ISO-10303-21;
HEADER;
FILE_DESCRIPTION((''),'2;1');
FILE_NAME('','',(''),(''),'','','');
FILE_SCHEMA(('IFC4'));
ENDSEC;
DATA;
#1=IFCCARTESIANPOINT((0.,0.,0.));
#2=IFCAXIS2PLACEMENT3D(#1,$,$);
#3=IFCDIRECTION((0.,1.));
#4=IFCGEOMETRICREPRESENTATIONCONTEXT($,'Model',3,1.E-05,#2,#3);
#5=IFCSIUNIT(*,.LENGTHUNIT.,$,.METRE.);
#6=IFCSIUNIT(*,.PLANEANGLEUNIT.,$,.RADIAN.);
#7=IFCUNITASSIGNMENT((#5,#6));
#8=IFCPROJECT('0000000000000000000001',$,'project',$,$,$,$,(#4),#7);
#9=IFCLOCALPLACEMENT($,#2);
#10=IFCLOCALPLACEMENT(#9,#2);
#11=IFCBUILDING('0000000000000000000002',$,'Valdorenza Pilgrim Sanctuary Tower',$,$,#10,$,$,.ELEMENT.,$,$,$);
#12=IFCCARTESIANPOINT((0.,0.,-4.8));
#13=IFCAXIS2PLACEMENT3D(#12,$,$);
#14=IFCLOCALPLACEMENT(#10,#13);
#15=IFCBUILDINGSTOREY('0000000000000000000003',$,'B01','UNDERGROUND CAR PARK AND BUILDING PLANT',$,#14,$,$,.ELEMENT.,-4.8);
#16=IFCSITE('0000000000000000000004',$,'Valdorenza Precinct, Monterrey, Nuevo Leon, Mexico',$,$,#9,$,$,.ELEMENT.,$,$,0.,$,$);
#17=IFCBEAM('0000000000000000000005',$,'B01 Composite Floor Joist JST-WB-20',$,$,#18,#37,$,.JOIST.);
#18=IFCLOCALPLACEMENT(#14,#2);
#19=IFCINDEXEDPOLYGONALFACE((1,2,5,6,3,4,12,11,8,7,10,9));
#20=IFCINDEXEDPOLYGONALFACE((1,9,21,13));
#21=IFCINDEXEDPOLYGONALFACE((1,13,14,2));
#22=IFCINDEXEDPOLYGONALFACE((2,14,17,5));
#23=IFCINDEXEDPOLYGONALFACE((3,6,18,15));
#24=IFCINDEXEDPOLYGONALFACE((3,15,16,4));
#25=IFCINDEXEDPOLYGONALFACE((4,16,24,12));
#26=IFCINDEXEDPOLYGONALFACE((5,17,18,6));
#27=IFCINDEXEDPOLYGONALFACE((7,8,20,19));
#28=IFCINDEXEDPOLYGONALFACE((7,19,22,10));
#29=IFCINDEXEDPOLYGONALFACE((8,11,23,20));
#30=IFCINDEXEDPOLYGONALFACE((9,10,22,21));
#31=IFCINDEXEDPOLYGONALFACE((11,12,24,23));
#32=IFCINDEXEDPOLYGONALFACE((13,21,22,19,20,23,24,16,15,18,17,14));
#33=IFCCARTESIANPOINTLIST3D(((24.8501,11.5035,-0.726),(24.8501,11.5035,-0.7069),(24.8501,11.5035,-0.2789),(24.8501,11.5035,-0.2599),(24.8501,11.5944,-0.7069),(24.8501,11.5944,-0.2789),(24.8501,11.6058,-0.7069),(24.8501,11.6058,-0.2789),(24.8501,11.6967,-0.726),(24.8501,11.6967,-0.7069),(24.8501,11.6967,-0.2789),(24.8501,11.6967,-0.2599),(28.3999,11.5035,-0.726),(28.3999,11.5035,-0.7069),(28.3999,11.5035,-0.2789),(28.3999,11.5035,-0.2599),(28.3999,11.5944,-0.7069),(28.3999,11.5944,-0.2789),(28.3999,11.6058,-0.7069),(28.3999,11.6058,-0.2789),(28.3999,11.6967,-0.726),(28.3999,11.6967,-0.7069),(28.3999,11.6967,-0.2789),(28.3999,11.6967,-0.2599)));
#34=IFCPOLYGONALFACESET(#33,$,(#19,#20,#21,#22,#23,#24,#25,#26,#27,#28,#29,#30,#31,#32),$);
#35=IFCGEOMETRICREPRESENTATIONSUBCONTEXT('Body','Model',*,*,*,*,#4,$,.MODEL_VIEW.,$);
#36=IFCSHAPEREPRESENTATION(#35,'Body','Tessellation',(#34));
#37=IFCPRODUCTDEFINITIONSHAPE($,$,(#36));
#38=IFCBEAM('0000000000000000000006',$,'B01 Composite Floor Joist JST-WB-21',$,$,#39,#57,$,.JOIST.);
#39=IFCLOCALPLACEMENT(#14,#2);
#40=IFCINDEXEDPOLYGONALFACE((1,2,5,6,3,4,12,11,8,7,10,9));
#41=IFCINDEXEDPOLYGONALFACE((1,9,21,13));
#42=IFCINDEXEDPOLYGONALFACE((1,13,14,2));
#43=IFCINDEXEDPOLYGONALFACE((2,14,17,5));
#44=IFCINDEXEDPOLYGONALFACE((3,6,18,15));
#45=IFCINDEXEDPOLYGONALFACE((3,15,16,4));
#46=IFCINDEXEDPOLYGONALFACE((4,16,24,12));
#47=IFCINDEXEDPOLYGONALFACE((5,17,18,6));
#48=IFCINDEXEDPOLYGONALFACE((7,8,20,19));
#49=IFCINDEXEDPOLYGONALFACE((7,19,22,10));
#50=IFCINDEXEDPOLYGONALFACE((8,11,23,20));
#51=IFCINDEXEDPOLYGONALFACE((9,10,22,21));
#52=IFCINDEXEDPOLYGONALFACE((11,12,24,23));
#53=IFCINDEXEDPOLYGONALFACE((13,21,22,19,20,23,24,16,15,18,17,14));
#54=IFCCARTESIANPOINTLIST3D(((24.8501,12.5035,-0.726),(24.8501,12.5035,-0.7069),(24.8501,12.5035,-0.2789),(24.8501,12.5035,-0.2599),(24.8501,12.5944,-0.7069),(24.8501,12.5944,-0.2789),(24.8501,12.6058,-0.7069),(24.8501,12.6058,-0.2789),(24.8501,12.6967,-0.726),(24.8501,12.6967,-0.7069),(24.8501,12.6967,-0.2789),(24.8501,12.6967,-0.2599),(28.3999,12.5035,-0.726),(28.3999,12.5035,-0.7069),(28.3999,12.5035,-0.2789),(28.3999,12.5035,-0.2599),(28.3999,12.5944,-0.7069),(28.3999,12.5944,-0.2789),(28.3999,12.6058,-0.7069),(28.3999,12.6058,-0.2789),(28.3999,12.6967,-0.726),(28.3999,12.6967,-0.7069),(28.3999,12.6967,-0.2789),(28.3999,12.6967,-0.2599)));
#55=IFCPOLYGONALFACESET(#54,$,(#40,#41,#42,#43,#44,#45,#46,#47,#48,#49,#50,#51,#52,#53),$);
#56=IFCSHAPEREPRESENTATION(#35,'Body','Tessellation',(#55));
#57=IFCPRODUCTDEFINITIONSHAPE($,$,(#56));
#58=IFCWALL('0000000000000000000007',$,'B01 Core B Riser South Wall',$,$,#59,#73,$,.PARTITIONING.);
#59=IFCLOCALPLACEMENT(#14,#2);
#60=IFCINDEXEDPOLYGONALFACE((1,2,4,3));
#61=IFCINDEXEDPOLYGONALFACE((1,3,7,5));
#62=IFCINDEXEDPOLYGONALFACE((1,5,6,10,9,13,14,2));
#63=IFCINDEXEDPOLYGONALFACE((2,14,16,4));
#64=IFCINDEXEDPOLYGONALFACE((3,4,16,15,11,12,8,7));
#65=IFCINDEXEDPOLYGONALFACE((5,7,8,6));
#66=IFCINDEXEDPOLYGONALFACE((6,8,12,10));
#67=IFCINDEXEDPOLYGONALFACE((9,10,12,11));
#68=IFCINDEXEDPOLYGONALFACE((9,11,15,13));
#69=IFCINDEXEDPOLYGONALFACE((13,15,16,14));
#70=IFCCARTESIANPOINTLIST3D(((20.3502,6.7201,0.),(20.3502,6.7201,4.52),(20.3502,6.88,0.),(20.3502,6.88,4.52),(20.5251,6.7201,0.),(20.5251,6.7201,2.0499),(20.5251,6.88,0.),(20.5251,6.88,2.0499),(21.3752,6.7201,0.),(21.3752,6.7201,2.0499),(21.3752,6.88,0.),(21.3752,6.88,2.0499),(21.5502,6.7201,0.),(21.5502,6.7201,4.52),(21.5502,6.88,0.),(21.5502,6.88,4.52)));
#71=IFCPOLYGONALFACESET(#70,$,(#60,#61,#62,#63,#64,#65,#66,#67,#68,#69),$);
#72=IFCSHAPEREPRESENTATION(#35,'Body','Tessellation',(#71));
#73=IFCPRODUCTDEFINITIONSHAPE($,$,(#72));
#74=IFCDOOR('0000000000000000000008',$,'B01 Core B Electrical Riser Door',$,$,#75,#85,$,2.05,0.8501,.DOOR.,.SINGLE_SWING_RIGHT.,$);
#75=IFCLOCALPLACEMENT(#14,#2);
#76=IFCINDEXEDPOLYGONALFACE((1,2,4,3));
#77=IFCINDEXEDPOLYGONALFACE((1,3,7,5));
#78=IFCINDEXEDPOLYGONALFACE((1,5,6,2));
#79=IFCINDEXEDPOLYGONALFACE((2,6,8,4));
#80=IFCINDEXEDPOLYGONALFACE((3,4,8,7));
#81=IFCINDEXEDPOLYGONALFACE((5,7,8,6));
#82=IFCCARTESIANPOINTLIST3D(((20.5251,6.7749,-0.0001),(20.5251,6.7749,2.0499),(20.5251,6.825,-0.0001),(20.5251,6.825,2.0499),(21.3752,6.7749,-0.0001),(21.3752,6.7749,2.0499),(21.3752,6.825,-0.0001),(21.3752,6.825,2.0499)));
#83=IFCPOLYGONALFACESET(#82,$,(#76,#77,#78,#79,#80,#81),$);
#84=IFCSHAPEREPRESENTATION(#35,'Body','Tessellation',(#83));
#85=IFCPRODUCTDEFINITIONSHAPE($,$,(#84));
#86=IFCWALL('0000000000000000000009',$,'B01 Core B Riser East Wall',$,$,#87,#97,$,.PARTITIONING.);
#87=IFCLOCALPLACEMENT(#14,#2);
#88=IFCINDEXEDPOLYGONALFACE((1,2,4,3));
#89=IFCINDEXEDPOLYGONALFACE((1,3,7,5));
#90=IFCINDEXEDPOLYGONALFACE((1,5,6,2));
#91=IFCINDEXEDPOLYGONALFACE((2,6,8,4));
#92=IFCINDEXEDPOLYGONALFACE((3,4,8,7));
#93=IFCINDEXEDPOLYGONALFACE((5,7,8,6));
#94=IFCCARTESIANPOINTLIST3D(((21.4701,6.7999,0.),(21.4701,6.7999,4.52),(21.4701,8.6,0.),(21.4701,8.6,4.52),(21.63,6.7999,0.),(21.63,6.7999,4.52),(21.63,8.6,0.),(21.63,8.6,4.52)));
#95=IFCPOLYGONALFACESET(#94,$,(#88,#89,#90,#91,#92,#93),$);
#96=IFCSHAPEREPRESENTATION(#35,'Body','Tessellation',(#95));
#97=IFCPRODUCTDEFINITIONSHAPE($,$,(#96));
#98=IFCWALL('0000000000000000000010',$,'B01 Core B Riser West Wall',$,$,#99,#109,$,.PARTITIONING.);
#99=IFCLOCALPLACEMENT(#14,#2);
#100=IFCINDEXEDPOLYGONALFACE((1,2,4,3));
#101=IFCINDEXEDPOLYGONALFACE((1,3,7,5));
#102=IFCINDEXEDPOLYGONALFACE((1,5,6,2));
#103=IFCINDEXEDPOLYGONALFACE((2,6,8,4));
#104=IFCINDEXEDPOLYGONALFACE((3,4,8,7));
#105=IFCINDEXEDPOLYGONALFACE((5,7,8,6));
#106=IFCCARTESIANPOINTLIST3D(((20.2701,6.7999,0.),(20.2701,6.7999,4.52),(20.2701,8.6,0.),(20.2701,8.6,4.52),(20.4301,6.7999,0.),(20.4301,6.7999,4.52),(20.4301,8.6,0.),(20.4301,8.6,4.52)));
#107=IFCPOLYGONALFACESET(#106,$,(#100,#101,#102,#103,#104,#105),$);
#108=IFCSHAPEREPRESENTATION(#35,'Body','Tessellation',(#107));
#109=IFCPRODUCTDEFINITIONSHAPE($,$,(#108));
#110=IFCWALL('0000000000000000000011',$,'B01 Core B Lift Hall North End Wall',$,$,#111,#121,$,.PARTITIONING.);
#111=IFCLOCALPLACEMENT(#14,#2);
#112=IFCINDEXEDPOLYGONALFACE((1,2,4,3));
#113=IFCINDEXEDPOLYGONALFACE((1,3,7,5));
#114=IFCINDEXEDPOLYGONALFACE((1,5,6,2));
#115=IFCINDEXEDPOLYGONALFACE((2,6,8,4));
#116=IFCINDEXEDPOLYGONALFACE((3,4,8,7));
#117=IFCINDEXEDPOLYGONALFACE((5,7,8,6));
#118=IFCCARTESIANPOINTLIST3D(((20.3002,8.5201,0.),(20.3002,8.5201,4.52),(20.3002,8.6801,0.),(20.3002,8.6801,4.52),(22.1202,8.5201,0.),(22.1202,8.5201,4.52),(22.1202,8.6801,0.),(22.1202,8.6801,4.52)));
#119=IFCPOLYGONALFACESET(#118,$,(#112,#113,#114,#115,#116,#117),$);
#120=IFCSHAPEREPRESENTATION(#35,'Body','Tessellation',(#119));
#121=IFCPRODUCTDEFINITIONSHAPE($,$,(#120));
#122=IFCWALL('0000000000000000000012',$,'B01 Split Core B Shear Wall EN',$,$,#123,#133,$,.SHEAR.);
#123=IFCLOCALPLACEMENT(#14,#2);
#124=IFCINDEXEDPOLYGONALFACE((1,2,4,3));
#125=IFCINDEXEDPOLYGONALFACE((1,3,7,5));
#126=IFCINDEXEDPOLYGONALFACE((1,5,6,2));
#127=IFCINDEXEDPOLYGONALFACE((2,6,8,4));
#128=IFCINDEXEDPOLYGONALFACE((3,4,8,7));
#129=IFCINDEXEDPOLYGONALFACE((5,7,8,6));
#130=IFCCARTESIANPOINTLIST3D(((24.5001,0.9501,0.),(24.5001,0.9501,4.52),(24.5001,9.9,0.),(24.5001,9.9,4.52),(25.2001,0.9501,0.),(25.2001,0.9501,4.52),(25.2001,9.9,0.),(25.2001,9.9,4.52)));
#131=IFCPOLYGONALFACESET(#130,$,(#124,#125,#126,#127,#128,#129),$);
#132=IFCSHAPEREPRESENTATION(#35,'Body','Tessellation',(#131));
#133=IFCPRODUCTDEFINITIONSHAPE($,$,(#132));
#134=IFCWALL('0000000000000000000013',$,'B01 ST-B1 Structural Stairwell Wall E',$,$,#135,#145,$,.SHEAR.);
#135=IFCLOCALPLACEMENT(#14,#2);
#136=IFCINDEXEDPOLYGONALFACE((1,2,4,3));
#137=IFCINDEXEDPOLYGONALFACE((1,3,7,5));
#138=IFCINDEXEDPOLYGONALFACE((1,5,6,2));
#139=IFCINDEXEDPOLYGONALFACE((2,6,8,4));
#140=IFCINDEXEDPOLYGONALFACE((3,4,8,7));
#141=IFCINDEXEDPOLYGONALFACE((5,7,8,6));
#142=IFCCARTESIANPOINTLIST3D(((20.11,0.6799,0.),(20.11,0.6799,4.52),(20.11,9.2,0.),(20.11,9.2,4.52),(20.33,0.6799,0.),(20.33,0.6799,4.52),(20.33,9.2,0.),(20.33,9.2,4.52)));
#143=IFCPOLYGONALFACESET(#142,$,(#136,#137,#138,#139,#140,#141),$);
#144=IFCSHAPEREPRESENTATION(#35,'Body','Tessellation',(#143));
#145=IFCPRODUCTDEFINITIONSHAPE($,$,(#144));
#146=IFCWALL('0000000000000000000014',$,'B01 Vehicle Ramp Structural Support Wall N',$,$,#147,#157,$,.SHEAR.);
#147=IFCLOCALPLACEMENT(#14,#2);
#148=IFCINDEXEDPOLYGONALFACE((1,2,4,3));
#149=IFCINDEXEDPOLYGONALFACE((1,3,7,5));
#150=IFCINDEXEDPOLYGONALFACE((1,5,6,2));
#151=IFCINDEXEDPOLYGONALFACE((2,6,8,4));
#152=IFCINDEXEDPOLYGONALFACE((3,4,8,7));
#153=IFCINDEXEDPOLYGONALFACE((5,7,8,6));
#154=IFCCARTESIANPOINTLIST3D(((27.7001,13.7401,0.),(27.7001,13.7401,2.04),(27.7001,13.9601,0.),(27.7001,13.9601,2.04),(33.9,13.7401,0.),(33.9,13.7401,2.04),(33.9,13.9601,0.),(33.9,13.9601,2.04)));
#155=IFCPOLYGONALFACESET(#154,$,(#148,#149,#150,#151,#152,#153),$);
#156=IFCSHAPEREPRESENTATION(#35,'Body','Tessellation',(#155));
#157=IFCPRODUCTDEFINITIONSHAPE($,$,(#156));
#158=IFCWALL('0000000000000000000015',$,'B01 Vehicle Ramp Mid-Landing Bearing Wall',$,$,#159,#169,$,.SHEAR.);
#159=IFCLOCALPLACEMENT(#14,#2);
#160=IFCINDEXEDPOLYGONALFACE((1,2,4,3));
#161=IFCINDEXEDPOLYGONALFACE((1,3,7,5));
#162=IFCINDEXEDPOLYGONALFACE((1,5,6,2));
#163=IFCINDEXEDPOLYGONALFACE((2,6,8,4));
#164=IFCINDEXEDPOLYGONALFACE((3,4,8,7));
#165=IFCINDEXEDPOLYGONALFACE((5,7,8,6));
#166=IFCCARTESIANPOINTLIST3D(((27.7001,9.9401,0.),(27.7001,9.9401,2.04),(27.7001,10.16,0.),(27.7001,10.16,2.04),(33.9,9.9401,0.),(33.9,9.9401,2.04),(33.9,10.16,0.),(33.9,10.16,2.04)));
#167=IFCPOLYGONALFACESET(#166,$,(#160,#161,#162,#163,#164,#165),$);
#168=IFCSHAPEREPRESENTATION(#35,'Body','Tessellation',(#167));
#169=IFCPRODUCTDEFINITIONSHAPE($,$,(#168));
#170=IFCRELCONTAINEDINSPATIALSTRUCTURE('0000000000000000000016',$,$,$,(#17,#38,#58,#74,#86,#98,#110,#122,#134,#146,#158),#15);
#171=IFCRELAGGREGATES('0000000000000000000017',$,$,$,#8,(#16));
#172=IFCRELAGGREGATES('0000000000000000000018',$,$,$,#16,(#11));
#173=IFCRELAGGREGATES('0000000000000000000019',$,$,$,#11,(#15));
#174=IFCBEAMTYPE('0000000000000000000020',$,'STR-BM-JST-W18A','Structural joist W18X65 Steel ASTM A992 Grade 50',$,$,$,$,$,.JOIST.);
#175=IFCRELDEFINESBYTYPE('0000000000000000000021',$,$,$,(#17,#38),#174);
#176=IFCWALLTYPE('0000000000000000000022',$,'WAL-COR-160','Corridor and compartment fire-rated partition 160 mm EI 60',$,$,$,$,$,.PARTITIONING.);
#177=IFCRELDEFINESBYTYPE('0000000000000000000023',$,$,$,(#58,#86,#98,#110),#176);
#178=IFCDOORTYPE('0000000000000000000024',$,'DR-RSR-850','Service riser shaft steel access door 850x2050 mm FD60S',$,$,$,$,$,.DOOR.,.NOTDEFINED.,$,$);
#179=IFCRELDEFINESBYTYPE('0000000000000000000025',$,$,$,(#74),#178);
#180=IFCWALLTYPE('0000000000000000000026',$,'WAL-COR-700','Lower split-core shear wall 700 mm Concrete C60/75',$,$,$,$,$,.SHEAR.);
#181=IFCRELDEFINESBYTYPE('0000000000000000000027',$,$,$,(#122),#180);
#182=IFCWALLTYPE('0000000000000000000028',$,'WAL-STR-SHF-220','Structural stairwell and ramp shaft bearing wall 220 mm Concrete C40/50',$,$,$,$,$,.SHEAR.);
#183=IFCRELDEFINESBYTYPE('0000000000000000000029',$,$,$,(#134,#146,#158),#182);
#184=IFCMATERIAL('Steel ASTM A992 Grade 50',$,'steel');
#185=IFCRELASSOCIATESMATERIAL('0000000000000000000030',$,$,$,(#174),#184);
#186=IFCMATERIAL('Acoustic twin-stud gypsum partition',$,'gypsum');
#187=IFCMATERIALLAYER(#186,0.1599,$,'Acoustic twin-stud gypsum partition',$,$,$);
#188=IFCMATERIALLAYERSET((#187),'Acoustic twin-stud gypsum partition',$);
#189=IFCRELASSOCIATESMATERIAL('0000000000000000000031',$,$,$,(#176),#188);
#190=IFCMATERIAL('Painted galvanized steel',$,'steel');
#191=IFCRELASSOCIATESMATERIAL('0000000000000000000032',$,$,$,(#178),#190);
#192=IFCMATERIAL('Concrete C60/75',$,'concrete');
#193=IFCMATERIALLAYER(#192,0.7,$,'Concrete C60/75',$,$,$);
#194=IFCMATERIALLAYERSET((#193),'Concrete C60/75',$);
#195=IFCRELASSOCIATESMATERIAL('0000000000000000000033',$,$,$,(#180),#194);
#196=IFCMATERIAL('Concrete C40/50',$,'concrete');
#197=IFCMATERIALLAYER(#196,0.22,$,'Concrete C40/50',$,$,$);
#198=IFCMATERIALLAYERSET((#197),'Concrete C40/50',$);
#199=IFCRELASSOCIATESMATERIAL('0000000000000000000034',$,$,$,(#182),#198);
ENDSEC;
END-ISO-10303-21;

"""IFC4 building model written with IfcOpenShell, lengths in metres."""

from ifc_helpers import new_model, si_unit, direction, frame, frame_2d, origin, origin_2d, place, context, subcontext, project, spatial, rectangle, i_section, extrude, source, transform, mapped, material, layer, layer_set, material_profile, profile_set, type_object, element, fill, save


model = new_model("IFC4")

# Units and contexts
model_context = context("Model", 3, precision=1e-05, world=origin(), true_north=direction((0.0, 1.0)))
body_context = subcontext(model_context, "Body", "Model", "MODEL_VIEW")
ifc_project = project(units=[si_unit("LENGTHUNIT", "METRE"), si_unit("PLANEANGLEUNIT", "RADIAN")], contexts=[model_context])

# Site, building, storey
site_placement = place(None, origin())
site = spatial("IfcSite", under=ifc_project, at=site_placement, Name="Valdorenza Precinct, Monterrey, Nuevo Leon, Mexico", CompositionType="ELEMENT", RefElevation=0.0)
building_placement = place(site_placement, origin())
building = spatial("IfcBuilding", under=site, at=building_placement, Name="Valdorenza Pilgrim Sanctuary Tower", CompositionType="ELEMENT")
storey_placement = place(building_placement, frame((0.0, 0.0, -4.8)))
storey = spatial("IfcBuildingStorey", under=building, at=storey_placement, Name="B01", Description="UNDERGROUND CAR PARK AND BUILDING PLANT", CompositionType="ELEMENT", Elevation=-4.8)

# Shared definitions
ifc_material_1 = material(Name="Concrete C60/75", Category="concrete")

# Beams
ifc_material_2 = material(Name="Steel ASTM A992 Grade 50", Category="steel")
ifc_material_profile_1 = material_profile(ifc_material_2, i_section(OverallWidth=0.1931, OverallDepth=0.4661, WebThickness=0.0115, FlangeThickness=0.019, at=origin_2d()), Name="W18X65")
ifc_profile_set_1 = profile_set([ifc_material_profile_1], Name="Steel ASTM A992 Grade 50")
beam_type_1 = type_object("IfcBeamType", Name="STR-BM-JST-W18A", Description="Structural joist W18X65 Steel ASTM A992 Grade 50", PredefinedType="JOIST", material=ifc_profile_set_1)
shared_shape_1 = source(origin(), body_context, "Body", "SweptSolid", [
    extrude(i_section(OverallWidth=0.1931, OverallDepth=0.4661, WebThickness=0.0115, FlangeThickness=0.019, at=origin_2d()), origin(), (0.0, 0.0, 1.0), 3.5498),
])
for number, where, z_axis, x_axis, name in (
    (1, (24.8501, 11.6001, -0.4929), (1.0, 0.0, 0.0), (0.0, 1.0, 0.0), "B01 Composite Floor Joist JST-WB-20"),
    (2, (24.8501, 12.6001, -0.4929), (1.0, 0.0, 0.0), (0.0, 1.0, 0.0), "B01 Composite Floor Joist JST-WB-21"),
):
    element("IfcBeam", number, at=place(storey_placement, frame(where, z_axis=z_axis, x_axis=x_axis)), inside=storey, type_object=beam_type_1, Name=name, PredefinedType="JOIST", context=body_context, shape_type="MappedRepresentation", body=[
        mapped(shared_shape_1, transform((0.0, 0.0, 0.0), x_axis=(1.0, 0.0, 0.0), y_axis=(0.0, 1.0, 0.0), z_axis=(0.0, 0.0, 1.0), scale=1.0)),
    ])

# Wall, opening, door
ifc_material_3 = material(Name="Acoustic twin-stud gypsum partition", Category="gypsum")
ifc_layer_1 = layer(ifc_material_3, 0.1599, Name="Acoustic twin-stud gypsum partition")
ifc_layer_set_1 = layer_set([ifc_layer_1], Name="Acoustic twin-stud gypsum partition")
wall_type_1 = type_object("IfcWallType", Name="WAL-COR-160", Description="Corridor and compartment fire-rated partition 160 mm EI 60", PredefinedType="PARTITIONING", material=ifc_layer_set_1)
wall_1_placement = place(storey_placement, frame((20.3501, 6.8, 0.0), z_axis=(0.0, 0.0, 1.0), x_axis=(1.0, 0.0, 0.0)))
wall_1 = element("IfcWall", 3, at=wall_1_placement, inside=storey, type_object=wall_type_1, Name="B01 Core B Riser South Wall", PredefinedType="PARTITIONING", context=body_context, shape_type="SweptSolid", body=[
    extrude(rectangle(XDim=1.2, YDim=0.1599, at=frame_2d((0.6001, 0.0))), origin(), (0.0, 0.0, 1.0), 4.52),
])
opening_placement = place(wall_1_placement, frame((0.175, 0.0, 0.0)))
opening = element("IfcOpeningElement", 4, at=opening_placement, cuts=wall_1, PredefinedType="OPENING", context=body_context, shape_type="SweptSolid", body=[
    extrude(rectangle(XDim=0.8501, YDim=2.05, at=frame_2d((0.425, 1.0249))), frame((0.0, 0.0947, 0.0), z_axis=(0.0, -1.0, 0.0), x_axis=(1.0, 0.0, 0.0)), (0.0, 0.0, 1.0), 0.1897),
])
ifc_material_4 = material(Name="Painted galvanized steel", Category="steel")
door_type = type_object("IfcDoorType", Name="DR-RSR-850", Description="Service riser shaft steel access door 850x2050 mm FD60S", OperationType="NOTDEFINED", PredefinedType="DOOR", material=ifc_material_4)
door_placement = place(opening_placement, origin())
door = element("IfcDoor", 5, at=door_placement, inside=storey, type_object=door_type, Name="B01 Core B Electrical Riser Door", OperationType="SINGLE_SWING_RIGHT", OverallHeight=2.05, OverallWidth=0.8501, PredefinedType="DOOR", context=body_context, shape_type="SweptSolid", body=[
    extrude(rectangle(XDim=0.8501, YDim=2.05, at=frame_2d((0.425, 1.0249))), frame((0.0, 0.0249, 0.0), z_axis=(0.0, -1.0, 0.0), x_axis=(1.0, 0.0, 0.0)), (0.0, 0.0, 1.0), 0.05),
])
fill(opening, door)

# Walls
for number, where, z_axis, x_axis, name in (
    (6, (21.55, 6.8, 0.0), (0.0, 0.0, 1.0), (0.0, 1.0, 0.0), "B01 Core B Riser East Wall"),
    (7, (20.3501, 6.8, 0.0), (0.0, 0.0, 1.0), (0.0, 1.0, 0.0), "B01 Core B Riser West Wall"),
):
    element("IfcWall", number, at=place(storey_placement, frame(where, z_axis=z_axis, x_axis=x_axis)), inside=storey, type_object=wall_type_1, Name=name, PredefinedType="PARTITIONING", context=body_context, shape_type="SweptSolid", body=[
        extrude(rectangle(XDim=1.8, YDim=0.1599, at=frame_2d((0.8999, 0.0))), origin(), (0.0, 0.0, 1.0), 4.52),
    ])
wall_2_placement = place(storey_placement, frame((20.3, 8.6001, 0.0), z_axis=(0.0, 0.0, 1.0), x_axis=(1.0, 0.0, 0.0)))
element("IfcWall", 8, at=wall_2_placement, inside=storey, type_object=wall_type_1, Name="B01 Core B Lift Hall North End Wall", PredefinedType="PARTITIONING", context=body_context, shape_type="SweptSolid", body=[
    extrude(rectangle(XDim=1.8201, YDim=0.1599, at=frame_2d((0.9102, 0.0))), origin(), (0.0, 0.0, 1.0), 4.52),
])
ifc_layer_2 = layer(ifc_material_1, 0.7, Name="Concrete C60/75")
ifc_layer_set_2 = layer_set([ifc_layer_2], Name="Concrete C60/75")
wall_type_2 = type_object("IfcWallType", Name="WAL-COR-700", Description="Lower split-core shear wall 700 mm Concrete C60/75", PredefinedType="SHEAR", material=ifc_layer_set_2)
wall_3_placement = place(storey_placement, frame((24.8501, 0.95, 0.0), z_axis=(0.0, 0.0, 1.0), x_axis=(0.0, 1.0, 0.0)))
element("IfcWall", 9, at=wall_3_placement, inside=storey, type_object=wall_type_2, Name="B01 Split Core B Shear Wall EN", PredefinedType="SHEAR", context=body_context, shape_type="SweptSolid", body=[
    extrude(rectangle(XDim=8.95, YDim=0.7, at=frame_2d((4.4751, 0.0))), origin(), (0.0, 0.0, 1.0), 4.52),
])
ifc_material_5 = material(Name="Concrete C40/50", Category="concrete")
ifc_layer_3 = layer(ifc_material_5, 0.22, Name="Concrete C40/50")
ifc_layer_set_3 = layer_set([ifc_layer_3], Name="Concrete C40/50")
wall_type_3 = type_object("IfcWallType", Name="WAL-STR-SHF-220", Description="Structural stairwell and ramp shaft bearing wall 220 mm Concrete C40/50", PredefinedType="SHEAR", material=ifc_layer_set_3)
wall_4_placement = place(storey_placement, frame((20.22, 0.6799, 0.0), z_axis=(0.0, 0.0, 1.0), x_axis=(0.0, 1.0, 0.0)))
element("IfcWall", 10, at=wall_4_placement, inside=storey, type_object=wall_type_3, Name="B01 ST-B1 Structural Stairwell Wall E", PredefinedType="SHEAR", context=body_context, shape_type="SweptSolid", body=[
    extrude(rectangle(XDim=8.52, YDim=0.22, at=frame_2d((4.26, 0.0))), origin(), (0.0, 0.0, 1.0), 4.52),
])
for number, where, z_axis, x_axis, name in (
    (11, (27.7, 13.8501, 0.0), (0.0, 0.0, 1.0), (1.0, 0.0, 0.0), "B01 Vehicle Ramp Structural Support Wall N"),
    (12, (27.7, 10.05, 0.0), (0.0, 0.0, 1.0), (1.0, 0.0, 0.0), "B01 Vehicle Ramp Mid-Landing Bearing Wall"),
):
    element("IfcWall", number, at=place(storey_placement, frame(where, z_axis=z_axis, x_axis=x_axis)), inside=storey, type_object=wall_type_3, Name=name, PredefinedType="SHEAR", context=body_context, shape_type="SweptSolid", body=[
        extrude(rectangle(XDim=6.2, YDim=0.22, at=frame_2d((3.1001, 0.0))), origin(), (0.0, 0.0, 1.0), 2.04),
    ])

save(model, "model.ifc")
